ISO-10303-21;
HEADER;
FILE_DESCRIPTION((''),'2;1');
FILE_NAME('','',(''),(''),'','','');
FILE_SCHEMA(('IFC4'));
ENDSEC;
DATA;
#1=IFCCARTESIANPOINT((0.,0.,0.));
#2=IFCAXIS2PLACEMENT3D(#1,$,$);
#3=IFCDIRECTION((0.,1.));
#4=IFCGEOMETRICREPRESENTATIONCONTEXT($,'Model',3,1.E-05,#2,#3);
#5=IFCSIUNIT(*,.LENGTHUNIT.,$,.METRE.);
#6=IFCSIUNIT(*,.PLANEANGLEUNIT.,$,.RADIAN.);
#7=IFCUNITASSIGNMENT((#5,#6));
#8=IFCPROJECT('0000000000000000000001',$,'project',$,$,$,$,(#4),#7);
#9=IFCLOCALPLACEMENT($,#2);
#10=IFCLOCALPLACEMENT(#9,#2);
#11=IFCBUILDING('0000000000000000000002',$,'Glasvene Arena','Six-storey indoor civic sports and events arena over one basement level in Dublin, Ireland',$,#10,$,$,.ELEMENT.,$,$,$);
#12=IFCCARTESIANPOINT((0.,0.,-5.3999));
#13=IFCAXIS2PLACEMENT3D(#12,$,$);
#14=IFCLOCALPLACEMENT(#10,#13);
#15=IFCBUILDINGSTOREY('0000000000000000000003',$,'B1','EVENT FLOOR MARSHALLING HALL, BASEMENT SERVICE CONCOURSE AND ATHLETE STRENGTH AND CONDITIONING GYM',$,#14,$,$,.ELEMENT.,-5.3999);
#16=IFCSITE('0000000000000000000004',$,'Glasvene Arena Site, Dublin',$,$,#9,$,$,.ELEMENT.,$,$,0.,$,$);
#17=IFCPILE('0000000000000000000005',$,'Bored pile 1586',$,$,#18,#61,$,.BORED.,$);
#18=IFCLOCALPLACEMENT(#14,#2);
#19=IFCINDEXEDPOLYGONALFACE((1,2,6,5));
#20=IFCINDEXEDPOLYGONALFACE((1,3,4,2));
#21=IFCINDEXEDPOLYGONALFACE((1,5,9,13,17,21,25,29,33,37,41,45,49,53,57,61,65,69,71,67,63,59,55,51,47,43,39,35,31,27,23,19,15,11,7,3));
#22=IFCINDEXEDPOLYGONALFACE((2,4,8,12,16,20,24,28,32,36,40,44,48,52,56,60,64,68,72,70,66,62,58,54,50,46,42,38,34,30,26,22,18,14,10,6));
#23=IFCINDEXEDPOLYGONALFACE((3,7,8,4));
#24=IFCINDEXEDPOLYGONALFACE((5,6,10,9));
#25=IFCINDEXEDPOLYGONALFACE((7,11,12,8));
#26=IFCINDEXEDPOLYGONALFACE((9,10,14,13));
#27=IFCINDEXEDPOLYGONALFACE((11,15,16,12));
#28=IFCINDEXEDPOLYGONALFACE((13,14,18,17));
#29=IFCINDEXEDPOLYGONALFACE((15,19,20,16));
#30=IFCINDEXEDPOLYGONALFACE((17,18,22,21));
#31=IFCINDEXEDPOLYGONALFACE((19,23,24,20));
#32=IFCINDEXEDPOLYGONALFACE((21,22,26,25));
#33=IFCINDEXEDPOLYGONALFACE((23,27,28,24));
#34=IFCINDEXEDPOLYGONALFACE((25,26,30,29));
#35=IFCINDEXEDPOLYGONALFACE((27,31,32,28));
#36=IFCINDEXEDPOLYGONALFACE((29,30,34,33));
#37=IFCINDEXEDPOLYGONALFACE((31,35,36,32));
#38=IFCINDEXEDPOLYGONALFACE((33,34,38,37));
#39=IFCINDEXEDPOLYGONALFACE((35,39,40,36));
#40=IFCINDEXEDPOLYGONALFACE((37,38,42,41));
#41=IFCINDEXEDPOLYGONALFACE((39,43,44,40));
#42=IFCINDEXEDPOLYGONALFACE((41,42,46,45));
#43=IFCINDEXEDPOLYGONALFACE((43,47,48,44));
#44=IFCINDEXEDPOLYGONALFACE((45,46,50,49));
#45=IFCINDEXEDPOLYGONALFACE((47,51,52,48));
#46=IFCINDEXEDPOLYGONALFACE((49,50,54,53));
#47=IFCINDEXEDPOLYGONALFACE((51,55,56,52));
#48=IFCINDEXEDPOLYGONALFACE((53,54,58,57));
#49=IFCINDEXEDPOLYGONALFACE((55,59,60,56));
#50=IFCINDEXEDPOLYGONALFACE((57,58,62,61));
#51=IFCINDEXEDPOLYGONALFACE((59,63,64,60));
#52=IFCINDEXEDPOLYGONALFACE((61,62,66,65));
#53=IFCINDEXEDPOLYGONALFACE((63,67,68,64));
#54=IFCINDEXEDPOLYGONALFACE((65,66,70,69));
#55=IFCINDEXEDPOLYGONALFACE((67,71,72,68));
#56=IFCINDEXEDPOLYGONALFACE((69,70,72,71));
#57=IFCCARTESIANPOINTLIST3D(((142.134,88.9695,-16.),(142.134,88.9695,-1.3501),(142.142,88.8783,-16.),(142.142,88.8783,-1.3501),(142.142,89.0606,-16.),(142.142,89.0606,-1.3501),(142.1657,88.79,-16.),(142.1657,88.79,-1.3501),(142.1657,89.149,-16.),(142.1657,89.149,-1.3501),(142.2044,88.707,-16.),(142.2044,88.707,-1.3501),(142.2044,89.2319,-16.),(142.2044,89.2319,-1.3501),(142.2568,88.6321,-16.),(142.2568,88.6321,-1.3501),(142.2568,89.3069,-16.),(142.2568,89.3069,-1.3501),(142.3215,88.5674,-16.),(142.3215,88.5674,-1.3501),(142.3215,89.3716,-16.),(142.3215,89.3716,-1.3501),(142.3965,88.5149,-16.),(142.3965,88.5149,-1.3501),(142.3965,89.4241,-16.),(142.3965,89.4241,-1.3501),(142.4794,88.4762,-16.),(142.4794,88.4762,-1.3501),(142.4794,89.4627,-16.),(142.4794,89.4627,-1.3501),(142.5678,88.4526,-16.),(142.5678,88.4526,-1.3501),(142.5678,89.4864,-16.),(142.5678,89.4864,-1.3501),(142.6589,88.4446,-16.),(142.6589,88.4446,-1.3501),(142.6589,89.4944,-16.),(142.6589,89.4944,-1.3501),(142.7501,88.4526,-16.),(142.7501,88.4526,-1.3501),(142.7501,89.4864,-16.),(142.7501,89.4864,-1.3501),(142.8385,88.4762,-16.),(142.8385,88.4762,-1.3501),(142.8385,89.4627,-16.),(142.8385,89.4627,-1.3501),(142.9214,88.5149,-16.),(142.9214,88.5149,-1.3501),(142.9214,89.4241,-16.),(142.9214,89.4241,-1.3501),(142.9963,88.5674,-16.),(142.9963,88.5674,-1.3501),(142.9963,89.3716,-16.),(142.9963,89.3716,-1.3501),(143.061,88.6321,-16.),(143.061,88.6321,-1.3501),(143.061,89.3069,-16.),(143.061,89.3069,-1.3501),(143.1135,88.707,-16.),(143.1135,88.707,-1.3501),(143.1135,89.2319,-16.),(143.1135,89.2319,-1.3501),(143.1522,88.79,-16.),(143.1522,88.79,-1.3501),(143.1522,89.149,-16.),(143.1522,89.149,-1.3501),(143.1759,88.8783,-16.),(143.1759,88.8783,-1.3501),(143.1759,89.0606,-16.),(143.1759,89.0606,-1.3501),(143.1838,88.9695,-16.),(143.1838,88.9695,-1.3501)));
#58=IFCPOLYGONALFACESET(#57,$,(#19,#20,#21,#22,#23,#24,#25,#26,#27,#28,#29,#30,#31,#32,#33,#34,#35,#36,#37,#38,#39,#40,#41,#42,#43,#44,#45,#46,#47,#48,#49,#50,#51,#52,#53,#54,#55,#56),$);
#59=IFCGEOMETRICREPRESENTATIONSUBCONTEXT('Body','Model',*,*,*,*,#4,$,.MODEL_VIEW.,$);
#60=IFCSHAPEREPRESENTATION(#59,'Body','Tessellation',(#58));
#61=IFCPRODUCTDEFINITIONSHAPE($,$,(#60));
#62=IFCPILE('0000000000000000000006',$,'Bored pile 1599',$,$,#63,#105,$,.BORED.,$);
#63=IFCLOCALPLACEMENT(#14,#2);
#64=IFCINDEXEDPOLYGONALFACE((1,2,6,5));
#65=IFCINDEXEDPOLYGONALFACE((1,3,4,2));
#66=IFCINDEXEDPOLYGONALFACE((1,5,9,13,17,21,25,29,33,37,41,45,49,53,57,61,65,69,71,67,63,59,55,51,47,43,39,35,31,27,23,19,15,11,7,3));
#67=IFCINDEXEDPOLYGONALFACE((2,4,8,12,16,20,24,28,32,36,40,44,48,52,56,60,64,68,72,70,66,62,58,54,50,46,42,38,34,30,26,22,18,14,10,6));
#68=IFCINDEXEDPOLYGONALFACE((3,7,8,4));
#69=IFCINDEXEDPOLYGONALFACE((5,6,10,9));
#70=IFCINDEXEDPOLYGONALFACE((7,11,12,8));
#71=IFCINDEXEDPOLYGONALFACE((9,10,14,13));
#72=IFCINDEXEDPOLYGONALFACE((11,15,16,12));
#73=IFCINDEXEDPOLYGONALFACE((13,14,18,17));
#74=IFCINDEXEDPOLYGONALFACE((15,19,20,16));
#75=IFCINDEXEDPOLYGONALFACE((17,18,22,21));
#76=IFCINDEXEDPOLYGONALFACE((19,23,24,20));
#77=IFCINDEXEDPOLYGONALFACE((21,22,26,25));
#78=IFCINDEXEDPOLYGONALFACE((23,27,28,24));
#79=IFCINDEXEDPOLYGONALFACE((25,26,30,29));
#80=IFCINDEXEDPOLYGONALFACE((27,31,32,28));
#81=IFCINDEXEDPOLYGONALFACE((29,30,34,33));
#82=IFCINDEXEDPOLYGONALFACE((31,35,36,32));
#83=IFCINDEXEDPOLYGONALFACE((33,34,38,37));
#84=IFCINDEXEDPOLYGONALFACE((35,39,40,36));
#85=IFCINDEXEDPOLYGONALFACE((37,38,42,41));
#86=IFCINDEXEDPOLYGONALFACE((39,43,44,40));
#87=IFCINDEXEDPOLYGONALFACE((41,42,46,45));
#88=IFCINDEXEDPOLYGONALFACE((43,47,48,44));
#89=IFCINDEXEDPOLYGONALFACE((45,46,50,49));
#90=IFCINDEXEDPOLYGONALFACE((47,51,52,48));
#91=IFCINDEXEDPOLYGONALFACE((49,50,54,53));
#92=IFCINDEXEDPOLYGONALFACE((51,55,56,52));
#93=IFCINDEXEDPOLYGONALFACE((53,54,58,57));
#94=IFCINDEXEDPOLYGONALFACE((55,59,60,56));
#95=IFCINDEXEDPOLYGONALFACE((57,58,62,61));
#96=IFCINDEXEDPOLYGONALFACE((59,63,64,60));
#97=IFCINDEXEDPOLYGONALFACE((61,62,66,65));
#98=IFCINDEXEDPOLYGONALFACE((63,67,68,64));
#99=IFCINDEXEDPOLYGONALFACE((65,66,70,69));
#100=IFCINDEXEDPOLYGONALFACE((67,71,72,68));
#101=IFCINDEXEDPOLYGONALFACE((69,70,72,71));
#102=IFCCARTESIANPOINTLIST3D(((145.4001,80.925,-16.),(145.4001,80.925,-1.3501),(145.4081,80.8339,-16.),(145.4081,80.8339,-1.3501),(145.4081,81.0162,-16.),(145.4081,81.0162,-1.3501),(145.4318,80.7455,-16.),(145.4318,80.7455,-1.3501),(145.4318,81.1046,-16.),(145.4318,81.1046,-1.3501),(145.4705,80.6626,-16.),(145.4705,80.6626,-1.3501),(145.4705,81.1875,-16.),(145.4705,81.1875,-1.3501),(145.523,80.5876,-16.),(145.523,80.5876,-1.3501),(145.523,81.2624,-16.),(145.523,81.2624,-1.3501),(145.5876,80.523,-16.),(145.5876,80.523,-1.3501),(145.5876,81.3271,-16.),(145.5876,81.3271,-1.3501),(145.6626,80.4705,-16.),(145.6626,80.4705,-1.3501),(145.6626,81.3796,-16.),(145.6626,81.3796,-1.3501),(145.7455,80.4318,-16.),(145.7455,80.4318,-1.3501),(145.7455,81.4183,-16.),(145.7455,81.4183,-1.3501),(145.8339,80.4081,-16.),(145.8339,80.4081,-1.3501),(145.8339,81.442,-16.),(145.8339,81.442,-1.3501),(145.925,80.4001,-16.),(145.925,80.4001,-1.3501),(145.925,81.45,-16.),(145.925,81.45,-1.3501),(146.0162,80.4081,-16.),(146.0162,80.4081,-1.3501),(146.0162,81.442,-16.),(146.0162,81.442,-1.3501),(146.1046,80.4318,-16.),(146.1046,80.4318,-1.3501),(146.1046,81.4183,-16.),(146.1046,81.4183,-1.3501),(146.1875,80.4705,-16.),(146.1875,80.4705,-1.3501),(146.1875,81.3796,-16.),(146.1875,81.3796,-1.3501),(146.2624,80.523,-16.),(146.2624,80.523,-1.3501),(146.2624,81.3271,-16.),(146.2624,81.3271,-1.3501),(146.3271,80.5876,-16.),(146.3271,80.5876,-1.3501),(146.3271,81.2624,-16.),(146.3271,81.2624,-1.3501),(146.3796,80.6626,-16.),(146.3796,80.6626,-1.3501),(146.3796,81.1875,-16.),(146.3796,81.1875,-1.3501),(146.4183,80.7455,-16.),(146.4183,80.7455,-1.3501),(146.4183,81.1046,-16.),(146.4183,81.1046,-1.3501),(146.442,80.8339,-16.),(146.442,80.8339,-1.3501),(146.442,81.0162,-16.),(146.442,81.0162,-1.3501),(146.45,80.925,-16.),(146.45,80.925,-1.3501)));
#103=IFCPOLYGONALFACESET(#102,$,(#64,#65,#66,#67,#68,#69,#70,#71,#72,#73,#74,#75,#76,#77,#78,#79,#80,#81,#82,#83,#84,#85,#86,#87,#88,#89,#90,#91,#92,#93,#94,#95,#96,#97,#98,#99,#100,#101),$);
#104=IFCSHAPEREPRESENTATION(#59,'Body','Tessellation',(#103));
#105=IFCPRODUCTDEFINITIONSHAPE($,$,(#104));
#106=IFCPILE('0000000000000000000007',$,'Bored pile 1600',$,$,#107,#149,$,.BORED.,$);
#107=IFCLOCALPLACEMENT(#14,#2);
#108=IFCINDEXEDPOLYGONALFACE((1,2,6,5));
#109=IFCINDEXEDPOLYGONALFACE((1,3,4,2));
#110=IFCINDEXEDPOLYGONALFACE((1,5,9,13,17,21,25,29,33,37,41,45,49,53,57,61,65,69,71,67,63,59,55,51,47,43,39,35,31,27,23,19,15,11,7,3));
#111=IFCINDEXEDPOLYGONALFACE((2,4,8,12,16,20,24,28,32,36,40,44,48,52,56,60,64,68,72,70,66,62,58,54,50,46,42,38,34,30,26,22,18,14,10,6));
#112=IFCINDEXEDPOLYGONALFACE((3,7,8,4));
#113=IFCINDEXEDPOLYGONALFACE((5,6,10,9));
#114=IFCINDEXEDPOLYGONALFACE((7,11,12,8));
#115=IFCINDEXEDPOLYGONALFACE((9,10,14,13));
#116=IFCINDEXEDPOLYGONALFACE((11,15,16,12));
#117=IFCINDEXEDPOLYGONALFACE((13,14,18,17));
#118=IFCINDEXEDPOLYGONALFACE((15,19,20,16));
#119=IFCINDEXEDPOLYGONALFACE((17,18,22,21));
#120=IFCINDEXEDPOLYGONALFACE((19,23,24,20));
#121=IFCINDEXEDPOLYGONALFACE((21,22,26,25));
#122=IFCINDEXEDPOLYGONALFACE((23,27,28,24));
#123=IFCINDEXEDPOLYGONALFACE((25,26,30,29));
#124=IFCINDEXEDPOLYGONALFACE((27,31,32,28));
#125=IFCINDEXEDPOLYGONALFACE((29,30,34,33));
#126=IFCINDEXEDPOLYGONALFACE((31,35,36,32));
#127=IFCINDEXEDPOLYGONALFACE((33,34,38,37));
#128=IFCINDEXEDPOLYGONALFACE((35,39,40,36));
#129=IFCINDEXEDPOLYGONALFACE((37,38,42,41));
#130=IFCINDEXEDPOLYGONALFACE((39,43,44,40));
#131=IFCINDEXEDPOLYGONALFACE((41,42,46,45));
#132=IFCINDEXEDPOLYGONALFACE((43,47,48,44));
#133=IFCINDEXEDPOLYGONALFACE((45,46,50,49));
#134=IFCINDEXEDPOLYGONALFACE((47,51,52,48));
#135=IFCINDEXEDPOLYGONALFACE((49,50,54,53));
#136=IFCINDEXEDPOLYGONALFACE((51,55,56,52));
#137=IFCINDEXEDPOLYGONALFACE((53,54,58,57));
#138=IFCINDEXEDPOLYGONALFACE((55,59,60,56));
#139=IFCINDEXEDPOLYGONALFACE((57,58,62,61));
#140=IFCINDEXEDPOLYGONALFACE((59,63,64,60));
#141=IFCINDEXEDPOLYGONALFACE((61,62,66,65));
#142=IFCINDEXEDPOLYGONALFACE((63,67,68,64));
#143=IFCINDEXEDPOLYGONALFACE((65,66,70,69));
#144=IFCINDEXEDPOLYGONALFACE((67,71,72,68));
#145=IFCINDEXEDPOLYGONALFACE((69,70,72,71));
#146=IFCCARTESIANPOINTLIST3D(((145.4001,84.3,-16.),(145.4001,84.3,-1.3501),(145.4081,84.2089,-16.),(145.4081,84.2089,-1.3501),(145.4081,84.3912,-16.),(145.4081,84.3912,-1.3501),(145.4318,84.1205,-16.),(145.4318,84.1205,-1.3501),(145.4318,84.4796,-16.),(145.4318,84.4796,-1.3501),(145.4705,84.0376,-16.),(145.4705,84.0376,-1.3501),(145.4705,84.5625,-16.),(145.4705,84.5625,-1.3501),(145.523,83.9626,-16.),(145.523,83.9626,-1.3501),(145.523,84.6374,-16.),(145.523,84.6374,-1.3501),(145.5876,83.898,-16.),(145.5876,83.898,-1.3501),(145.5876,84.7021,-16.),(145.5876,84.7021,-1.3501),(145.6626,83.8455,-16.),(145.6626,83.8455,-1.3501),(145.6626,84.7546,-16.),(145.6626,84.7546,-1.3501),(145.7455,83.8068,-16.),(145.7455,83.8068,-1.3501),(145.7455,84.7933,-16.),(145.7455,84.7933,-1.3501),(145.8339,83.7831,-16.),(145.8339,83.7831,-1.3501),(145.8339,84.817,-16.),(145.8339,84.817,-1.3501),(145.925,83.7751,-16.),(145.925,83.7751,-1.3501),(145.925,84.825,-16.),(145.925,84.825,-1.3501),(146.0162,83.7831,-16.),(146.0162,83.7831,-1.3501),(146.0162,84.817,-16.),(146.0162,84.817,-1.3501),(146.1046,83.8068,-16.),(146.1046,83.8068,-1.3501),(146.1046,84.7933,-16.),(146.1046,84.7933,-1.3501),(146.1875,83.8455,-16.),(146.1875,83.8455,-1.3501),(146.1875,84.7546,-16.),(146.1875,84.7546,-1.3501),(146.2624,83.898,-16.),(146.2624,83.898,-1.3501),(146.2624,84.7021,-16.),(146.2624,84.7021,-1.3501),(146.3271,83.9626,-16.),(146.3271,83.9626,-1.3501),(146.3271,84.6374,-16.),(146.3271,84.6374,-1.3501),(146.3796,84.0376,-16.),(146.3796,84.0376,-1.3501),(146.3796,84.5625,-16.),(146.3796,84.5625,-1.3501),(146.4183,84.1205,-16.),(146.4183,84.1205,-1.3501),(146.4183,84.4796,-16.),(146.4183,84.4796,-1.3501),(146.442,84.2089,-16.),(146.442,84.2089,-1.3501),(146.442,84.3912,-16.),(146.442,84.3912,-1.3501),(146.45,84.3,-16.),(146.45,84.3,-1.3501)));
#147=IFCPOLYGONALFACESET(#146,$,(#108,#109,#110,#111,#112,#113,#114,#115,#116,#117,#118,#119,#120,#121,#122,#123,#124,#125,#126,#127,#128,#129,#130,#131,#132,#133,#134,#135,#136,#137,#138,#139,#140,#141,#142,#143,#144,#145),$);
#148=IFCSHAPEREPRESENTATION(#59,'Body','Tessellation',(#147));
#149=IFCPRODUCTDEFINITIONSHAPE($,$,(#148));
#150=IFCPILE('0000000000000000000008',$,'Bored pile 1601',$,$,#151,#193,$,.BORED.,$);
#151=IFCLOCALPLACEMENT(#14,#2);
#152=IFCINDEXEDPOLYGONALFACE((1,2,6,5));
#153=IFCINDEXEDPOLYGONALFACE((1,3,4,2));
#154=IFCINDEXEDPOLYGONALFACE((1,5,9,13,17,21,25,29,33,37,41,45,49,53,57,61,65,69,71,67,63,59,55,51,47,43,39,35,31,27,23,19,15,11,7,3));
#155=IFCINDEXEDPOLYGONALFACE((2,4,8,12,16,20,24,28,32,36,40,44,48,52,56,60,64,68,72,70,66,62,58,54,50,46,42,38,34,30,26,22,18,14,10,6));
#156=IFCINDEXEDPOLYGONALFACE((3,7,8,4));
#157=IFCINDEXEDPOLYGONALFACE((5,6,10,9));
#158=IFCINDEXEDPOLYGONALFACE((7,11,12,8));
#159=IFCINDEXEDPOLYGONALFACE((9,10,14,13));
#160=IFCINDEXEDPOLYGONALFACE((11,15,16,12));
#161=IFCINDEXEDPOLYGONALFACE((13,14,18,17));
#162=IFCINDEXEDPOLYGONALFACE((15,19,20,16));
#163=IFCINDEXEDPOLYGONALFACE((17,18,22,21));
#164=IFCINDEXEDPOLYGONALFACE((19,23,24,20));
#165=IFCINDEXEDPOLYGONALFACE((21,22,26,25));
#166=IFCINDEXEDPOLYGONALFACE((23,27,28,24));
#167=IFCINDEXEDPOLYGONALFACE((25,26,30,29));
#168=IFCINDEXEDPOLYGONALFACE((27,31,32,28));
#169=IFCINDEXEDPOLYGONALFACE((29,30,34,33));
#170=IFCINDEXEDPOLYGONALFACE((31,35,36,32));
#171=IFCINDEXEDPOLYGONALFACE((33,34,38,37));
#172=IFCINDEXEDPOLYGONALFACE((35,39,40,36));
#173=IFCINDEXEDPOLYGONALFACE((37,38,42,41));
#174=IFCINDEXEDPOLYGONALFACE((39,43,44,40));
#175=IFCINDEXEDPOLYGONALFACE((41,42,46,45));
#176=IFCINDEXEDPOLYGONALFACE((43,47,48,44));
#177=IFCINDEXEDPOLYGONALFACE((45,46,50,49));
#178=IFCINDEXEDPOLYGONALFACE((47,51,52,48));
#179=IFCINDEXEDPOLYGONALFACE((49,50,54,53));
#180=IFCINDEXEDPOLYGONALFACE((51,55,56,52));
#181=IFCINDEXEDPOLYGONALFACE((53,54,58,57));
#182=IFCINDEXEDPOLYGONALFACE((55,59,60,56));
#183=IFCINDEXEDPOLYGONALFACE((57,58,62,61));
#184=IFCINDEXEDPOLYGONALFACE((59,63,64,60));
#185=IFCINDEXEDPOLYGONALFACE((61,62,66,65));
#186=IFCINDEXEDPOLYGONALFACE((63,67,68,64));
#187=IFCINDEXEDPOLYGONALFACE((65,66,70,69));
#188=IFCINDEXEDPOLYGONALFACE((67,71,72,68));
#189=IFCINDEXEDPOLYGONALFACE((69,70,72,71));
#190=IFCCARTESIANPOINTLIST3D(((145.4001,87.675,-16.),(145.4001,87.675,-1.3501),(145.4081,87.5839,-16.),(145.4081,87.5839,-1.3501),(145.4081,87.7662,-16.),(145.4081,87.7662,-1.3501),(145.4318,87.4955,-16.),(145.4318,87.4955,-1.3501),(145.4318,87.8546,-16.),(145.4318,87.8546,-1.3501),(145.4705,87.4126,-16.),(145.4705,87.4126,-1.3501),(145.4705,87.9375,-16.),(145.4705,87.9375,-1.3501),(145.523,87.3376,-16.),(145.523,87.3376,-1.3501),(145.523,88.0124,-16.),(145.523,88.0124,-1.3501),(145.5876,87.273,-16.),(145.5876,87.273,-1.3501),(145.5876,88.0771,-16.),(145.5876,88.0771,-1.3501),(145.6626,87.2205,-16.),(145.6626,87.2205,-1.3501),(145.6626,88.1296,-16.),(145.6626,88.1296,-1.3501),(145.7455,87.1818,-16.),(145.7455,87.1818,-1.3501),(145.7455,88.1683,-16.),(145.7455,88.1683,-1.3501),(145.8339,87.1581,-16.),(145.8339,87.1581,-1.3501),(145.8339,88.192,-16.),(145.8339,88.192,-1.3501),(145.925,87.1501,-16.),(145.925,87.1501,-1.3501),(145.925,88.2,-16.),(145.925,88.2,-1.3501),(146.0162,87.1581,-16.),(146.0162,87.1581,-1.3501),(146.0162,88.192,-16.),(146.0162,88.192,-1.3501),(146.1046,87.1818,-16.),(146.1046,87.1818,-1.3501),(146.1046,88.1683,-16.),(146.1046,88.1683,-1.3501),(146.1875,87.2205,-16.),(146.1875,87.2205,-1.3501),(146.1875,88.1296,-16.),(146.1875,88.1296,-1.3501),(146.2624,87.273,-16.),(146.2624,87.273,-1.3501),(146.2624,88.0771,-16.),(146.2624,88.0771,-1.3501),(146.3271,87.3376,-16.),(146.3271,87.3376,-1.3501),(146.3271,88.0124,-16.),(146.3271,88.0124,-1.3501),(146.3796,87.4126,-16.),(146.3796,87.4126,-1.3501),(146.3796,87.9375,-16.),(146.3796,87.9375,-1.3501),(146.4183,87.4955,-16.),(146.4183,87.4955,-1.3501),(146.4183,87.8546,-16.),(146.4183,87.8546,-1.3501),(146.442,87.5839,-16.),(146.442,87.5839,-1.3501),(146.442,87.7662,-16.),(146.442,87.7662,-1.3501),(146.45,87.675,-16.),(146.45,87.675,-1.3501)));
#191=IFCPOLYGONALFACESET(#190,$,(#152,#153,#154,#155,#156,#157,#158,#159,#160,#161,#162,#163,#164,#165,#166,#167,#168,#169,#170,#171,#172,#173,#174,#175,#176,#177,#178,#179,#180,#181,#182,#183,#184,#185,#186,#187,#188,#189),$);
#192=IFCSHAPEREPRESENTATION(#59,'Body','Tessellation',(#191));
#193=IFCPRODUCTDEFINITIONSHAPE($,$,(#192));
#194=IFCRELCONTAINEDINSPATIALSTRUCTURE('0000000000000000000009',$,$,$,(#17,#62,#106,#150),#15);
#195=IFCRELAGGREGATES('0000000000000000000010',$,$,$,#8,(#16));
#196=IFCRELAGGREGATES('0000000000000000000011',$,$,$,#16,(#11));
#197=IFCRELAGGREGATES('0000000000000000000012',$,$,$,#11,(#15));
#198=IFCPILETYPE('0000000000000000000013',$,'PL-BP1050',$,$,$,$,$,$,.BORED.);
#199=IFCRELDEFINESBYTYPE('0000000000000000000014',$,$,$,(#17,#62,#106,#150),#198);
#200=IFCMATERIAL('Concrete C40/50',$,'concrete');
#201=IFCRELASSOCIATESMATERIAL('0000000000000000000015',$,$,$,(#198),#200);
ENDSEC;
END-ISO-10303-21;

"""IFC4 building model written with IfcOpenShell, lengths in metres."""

from ifc_helpers import new_model, si_unit, direction, frame, origin, origin_2d, place, context, subcontext, project, spatial, circle, extrude, material, material_profile, profile_set, type_object, element, save


model = new_model("IFC4")

# Units and contexts
model_context = context("Model", 3, precision=1e-05, world=origin(), true_north=direction((0.0, 1.0)))
body_context = subcontext(model_context, "Body", "Model", "MODEL_VIEW")
ifc_project = project(units=[si_unit("LENGTHUNIT", "METRE"), si_unit("PLANEANGLEUNIT", "RADIAN")], contexts=[model_context])

# Site, building, storey
site_placement = place(None, origin())
site = spatial("IfcSite", under=ifc_project, at=site_placement, Name="Glasvene Arena Site, Dublin", CompositionType="ELEMENT", RefElevation=0.0)
building_placement = place(site_placement, origin())
building = spatial("IfcBuilding", under=site, at=building_placement, Name="Glasvene Arena", Description="Six-storey indoor civic sports and events arena over one basement level in Dublin, Ireland", CompositionType="ELEMENT")
storey_placement = place(building_placement, frame((0.0, 0.0, -5.3999)))
storey = spatial("IfcBuildingStorey", under=building, at=storey_placement, Name="B1", Description="EVENT FLOOR MARSHALLING HALL, BASEMENT SERVICE CONCOURSE AND ATHLETE STRENGTH AND CONDITIONING GYM", CompositionType="ELEMENT", Elevation=-5.3999)

# Shared definitions
ifc_material_1 = material(Name="Concrete C40/50", Category="concrete")

# Piles
ifc_material_profile_1 = material_profile(ifc_material_1, circle(Radius=0.5249, at=origin_2d()), Name="BORED PILE 1050")
ifc_profile_set_1 = profile_set([ifc_material_profile_1], Name="Concrete C40/50")
pile_type_1 = type_object("IfcPileType", Name="PL-BP1050", PredefinedType="BORED", material=ifc_profile_set_1)
for number, where, z_axis, x_axis, name in (
    (1, (142.6589, 88.9695, -1.3501), (0.0, 0.0, -1.0), (1.0, 0.0, 0.0), "Bored pile 1586"),
    (2, (145.925, 80.925, -1.3501), (0.0, 0.0, -1.0), (1.0, 0.0, 0.0), "Bored pile 1599"),
    (3, (145.925, 84.3, -1.3501), (0.0, 0.0, -1.0), (1.0, 0.0, 0.0), "Bored pile 1600"),
    (4, (145.925, 87.675, -1.3501), (0.0, 0.0, -1.0), (1.0, 0.0, 0.0), "Bored pile 1601"),
):
    element("IfcPile", number, at=place(storey_placement, frame(where, z_axis=z_axis, x_axis=x_axis)), inside=storey, type_object=pile_type_1, Name=name, PredefinedType="BORED", context=body_context, shape_type="SweptSolid", body=[
        extrude(circle(Radius=0.5249, at=origin_2d()), origin(), (0.0, 0.0, 1.0), 14.6499),
    ])

save(model, "model.ifc")
